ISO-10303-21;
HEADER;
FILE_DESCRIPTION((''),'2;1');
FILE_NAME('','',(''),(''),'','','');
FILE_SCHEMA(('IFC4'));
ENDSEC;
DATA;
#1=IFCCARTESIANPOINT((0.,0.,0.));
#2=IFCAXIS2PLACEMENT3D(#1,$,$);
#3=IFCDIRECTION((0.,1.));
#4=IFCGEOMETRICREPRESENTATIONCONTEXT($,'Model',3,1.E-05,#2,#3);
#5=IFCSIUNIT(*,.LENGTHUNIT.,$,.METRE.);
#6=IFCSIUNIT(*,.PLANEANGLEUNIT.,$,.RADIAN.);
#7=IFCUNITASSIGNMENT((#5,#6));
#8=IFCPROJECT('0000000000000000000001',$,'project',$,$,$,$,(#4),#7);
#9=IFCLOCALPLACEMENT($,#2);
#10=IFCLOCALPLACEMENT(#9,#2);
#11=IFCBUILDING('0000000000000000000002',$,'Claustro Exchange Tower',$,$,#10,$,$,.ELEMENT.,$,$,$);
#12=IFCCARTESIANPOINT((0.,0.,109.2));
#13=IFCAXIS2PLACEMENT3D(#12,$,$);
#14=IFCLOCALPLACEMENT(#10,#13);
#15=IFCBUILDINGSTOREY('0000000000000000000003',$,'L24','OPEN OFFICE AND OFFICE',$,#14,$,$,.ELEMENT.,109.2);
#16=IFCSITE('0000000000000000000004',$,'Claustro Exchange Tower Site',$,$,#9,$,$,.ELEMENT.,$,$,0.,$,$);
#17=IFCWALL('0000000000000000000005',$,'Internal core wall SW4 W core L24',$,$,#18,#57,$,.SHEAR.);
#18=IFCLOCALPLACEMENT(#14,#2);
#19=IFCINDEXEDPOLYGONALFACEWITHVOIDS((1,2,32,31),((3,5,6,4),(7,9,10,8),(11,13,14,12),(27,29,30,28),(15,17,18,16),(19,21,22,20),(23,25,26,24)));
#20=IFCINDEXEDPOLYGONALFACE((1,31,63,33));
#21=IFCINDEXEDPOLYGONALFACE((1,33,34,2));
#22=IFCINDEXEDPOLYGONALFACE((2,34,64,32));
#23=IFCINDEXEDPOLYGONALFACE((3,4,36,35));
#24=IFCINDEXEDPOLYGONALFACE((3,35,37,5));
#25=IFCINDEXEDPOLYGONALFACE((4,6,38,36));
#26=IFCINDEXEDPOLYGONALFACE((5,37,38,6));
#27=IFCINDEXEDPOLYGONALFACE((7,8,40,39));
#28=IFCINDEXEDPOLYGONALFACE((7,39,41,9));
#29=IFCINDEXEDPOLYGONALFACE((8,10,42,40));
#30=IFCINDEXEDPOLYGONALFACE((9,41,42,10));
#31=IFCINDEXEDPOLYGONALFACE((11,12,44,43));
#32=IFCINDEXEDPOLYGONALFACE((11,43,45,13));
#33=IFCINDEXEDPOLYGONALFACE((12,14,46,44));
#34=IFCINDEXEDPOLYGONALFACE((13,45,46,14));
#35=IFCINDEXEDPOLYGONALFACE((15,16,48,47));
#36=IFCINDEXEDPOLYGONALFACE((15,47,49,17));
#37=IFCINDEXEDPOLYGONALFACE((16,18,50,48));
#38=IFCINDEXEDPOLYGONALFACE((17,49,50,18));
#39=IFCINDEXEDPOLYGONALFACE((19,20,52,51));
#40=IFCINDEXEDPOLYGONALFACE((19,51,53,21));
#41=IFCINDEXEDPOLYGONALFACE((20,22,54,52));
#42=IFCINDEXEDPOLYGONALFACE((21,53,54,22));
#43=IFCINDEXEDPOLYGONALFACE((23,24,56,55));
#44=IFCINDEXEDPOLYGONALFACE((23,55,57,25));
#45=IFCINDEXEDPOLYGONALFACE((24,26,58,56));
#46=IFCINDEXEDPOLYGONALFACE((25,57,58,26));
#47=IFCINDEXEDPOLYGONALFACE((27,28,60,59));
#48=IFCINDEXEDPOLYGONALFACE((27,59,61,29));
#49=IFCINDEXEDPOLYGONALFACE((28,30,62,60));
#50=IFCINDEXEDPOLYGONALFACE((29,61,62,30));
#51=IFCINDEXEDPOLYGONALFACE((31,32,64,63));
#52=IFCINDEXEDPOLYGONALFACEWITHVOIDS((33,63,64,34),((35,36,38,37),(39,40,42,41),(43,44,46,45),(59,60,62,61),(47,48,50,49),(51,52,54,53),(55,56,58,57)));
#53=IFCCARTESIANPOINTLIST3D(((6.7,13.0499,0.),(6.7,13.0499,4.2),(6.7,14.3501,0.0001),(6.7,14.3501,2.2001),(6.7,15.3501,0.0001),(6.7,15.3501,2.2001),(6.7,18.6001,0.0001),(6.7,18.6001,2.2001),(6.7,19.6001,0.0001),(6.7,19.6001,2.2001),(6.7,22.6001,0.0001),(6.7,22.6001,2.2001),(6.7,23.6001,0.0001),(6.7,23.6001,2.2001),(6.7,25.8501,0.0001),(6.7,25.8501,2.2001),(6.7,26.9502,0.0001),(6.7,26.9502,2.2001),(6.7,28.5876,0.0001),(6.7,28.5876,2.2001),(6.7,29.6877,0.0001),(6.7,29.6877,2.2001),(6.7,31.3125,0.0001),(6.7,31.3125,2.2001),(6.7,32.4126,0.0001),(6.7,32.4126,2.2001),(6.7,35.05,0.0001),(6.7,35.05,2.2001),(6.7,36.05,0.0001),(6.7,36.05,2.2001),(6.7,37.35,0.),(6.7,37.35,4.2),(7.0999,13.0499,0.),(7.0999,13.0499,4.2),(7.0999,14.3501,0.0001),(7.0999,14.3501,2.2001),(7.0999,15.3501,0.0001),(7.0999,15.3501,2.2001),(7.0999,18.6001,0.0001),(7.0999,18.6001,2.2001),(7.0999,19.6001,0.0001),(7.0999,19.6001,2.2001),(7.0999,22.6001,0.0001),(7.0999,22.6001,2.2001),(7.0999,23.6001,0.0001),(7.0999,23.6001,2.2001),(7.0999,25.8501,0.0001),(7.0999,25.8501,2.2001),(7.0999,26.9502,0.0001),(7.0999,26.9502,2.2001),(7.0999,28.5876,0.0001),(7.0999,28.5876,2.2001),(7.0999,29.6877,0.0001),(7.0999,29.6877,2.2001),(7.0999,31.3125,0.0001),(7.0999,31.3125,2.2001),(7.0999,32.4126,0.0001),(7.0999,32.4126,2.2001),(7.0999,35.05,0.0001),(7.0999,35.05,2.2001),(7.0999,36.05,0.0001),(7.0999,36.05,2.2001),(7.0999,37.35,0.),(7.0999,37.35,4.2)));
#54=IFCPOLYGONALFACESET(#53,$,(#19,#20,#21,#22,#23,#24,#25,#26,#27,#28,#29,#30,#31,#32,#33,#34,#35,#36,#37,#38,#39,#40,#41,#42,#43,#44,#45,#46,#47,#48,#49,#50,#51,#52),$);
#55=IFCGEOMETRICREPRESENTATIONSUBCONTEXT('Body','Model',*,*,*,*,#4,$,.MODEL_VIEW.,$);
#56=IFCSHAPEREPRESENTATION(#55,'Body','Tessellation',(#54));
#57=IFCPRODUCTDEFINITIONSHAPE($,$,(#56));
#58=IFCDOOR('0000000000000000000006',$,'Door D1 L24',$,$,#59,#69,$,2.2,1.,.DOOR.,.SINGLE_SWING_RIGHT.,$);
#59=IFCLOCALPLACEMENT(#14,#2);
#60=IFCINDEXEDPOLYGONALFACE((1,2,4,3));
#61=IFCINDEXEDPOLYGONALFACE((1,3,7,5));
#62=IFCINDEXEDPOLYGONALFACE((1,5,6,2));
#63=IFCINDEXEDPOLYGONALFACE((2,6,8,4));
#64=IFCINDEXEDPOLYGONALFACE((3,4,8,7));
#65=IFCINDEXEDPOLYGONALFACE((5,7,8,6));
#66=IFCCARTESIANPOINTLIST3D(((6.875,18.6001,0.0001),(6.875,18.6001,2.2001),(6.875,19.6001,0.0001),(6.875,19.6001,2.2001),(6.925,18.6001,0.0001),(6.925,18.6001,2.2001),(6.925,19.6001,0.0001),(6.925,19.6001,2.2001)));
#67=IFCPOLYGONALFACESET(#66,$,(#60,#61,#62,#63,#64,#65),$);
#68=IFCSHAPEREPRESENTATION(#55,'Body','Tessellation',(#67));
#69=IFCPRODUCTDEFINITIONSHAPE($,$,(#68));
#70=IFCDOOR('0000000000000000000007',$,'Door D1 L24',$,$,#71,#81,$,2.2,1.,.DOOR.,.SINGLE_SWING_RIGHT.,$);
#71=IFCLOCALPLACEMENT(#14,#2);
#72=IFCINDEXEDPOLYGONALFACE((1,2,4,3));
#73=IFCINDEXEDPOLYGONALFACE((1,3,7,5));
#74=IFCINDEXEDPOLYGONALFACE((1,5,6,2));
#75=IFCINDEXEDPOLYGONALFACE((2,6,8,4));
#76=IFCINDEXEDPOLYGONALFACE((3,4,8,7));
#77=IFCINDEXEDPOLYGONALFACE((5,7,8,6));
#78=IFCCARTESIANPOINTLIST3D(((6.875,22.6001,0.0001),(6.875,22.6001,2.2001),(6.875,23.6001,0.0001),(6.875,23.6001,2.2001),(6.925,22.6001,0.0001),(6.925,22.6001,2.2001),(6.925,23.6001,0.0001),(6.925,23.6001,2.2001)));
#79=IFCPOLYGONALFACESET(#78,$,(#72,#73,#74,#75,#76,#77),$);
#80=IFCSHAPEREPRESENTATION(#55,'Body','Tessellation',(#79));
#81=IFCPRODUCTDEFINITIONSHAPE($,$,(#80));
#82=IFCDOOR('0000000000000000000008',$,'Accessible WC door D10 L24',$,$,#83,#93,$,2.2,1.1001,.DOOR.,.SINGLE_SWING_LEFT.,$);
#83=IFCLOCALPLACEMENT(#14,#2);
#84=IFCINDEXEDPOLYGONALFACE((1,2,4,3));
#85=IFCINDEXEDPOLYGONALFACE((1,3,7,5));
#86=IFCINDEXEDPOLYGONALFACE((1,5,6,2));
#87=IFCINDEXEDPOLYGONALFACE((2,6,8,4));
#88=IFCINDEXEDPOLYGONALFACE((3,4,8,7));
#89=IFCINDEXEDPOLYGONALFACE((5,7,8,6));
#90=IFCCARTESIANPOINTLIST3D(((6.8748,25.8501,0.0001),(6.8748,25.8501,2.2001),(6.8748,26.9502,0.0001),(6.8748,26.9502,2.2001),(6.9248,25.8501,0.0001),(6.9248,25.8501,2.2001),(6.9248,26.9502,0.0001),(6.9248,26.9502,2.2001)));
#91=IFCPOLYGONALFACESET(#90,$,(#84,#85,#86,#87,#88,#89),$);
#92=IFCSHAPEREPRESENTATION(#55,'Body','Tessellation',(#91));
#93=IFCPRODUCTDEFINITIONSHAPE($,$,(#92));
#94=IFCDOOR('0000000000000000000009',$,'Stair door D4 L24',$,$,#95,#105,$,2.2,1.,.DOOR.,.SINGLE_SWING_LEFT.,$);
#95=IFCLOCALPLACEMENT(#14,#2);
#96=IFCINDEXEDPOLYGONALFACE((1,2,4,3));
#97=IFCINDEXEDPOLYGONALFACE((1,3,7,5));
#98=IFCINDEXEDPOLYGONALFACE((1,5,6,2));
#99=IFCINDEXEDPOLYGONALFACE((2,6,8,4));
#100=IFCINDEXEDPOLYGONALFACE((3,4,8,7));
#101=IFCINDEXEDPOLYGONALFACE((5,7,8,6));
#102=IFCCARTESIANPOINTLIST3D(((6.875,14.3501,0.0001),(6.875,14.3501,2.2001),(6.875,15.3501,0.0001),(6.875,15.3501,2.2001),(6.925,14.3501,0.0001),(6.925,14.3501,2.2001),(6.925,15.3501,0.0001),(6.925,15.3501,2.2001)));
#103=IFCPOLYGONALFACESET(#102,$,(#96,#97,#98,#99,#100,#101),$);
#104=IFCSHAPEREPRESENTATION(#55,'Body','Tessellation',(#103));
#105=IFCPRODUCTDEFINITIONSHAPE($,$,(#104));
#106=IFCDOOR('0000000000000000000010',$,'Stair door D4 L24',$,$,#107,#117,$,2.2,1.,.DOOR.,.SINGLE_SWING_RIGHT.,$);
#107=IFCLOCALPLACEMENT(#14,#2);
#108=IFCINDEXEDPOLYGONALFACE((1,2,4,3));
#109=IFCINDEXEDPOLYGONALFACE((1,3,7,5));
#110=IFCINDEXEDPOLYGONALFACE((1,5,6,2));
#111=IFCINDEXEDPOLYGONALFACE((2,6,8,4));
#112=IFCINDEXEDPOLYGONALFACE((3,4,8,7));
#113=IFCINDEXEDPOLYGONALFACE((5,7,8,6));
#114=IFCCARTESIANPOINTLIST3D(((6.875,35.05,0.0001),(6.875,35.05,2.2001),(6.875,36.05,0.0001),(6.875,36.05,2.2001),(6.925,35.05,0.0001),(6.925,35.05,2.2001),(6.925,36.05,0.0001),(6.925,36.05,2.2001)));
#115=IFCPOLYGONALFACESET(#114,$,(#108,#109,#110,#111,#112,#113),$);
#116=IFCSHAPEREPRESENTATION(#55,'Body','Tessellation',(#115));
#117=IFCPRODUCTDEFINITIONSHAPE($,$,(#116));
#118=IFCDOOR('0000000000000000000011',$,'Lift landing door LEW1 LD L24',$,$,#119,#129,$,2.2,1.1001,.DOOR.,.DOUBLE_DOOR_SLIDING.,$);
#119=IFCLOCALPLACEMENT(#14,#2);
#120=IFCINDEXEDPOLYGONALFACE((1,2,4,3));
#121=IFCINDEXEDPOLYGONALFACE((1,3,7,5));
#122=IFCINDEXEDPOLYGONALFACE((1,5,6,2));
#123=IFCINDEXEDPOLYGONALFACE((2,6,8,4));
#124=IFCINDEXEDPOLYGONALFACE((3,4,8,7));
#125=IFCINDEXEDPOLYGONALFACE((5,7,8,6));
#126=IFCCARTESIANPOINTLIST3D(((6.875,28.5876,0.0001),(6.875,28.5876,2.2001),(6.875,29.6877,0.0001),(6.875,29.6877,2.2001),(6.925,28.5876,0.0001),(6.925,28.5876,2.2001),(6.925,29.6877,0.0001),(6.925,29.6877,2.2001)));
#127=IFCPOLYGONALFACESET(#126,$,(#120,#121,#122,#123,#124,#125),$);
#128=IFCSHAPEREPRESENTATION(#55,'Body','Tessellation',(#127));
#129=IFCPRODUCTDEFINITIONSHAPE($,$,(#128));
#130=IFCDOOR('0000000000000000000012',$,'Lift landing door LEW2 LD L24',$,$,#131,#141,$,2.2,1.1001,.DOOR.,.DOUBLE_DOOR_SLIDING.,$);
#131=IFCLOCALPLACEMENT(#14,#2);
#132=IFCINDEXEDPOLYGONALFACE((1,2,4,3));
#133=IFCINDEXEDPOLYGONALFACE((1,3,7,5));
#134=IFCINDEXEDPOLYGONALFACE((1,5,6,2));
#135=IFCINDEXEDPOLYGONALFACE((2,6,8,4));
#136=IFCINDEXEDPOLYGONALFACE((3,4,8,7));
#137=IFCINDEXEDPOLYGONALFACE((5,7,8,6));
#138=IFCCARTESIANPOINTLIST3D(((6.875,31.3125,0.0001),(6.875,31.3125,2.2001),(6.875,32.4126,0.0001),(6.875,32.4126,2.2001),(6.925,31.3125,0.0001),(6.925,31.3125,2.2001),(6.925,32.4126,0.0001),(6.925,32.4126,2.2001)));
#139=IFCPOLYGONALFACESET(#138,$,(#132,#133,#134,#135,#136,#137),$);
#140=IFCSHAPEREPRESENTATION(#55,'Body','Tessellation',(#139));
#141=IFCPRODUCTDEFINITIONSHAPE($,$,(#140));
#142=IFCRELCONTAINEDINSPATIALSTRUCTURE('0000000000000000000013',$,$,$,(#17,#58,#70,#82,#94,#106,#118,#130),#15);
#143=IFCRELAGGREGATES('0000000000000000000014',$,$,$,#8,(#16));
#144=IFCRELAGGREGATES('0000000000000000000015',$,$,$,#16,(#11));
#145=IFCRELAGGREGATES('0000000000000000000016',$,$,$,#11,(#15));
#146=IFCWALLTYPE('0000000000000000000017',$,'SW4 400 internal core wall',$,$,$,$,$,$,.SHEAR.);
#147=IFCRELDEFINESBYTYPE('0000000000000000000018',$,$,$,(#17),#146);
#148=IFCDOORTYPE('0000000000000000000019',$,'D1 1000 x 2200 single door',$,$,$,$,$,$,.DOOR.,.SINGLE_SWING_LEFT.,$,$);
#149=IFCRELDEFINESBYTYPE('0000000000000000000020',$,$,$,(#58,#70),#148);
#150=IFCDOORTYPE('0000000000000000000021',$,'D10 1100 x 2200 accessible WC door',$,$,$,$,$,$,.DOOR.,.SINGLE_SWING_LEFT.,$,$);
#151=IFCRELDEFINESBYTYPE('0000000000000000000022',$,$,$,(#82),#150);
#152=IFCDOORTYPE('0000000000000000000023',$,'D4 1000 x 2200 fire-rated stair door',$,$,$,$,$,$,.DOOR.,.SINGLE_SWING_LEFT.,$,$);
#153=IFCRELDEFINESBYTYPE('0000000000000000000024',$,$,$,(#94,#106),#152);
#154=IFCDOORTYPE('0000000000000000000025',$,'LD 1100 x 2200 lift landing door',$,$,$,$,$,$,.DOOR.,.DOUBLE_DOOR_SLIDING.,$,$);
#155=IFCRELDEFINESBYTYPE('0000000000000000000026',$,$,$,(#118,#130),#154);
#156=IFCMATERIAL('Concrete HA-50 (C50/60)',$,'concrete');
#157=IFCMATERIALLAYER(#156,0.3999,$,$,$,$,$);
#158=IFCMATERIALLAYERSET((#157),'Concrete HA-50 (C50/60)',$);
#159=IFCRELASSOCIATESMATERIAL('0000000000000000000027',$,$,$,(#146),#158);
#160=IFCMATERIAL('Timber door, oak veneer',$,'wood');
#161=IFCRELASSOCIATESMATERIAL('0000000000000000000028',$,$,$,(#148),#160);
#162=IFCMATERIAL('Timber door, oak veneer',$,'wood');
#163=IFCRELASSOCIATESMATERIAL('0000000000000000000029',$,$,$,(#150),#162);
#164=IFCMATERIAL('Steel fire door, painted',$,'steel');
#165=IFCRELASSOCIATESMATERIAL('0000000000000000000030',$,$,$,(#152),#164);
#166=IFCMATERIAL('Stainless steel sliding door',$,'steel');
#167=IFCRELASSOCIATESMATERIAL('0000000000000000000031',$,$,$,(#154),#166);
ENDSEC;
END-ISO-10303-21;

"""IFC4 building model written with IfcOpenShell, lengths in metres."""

from ifc_helpers import new_model, si_unit, direction, frame, frame_2d, origin, place, context, subcontext, project, spatial, rectangle, extrude, material, layer, layer_set, type_object, element, fill, save


model = new_model("IFC4")

# Units and contexts
model_context = context("Model", 3, precision=1e-05, world=origin(), true_north=direction((0.0, 1.0)))
body_context = subcontext(model_context, "Body", "Model", "MODEL_VIEW")
ifc_project = project(units=[si_unit("LENGTHUNIT", "METRE"), si_unit("PLANEANGLEUNIT", "RADIAN")], contexts=[model_context])

# Site, building, storey
site_placement = place(None, origin())
site = spatial("IfcSite", under=ifc_project, at=site_placement, Name="Claustro Exchange Tower Site", CompositionType="ELEMENT", RefElevation=0.0)
building_placement = place(site_placement, origin())
building = spatial("IfcBuilding", under=site, at=building_placement, Name="Claustro Exchange Tower", CompositionType="ELEMENT")
storey_placement = place(building_placement, frame((0.0, 0.0, 109.2)))
storey = spatial("IfcBuildingStorey", under=building, at=storey_placement, Name="L24", Description="OPEN OFFICE AND OFFICE", CompositionType="ELEMENT", Elevation=109.2)

# Wall, openings, doors
ifc_material_1 = material(Name="Concrete HA-50 (C50/60)", Category="concrete")
ifc_layer_1 = layer(ifc_material_1, 0.3999)
ifc_layer_set_1 = layer_set([ifc_layer_1], Name="Concrete HA-50 (C50/60)")
wall_type_1 = type_object("IfcWallType", Name="SW4 400 internal core wall", PredefinedType="SHEAR", material=ifc_layer_set_1)
wall_1_placement = place(storey_placement, frame((6.8999, 13.05, 0.0), z_axis=(0.0, 0.0, 1.0), x_axis=(0.0, 1.0, 0.0)))
wall_1 = element("IfcWall", 1, at=wall_1_placement, inside=storey, type_object=wall_type_1, Name="Internal core wall SW4 W core L24", PredefinedType="SHEAR", context=body_context, shape_type="SweptSolid", body=[
    extrude(rectangle(XDim=24.3, YDim=0.3999, at=frame_2d((12.1499, 0.0))), origin(), (0.0, 0.0, 1.0), 4.2),
])
opening_1_placement = place(wall_1_placement, frame((1.3, 0.0, 0.0)))
opening_1 = element("IfcOpeningElement", 2, at=opening_1_placement, cuts=wall_1, PredefinedType="OPENING", context=body_context, shape_type="SweptSolid", body=[
    extrude(rectangle(XDim=1.0, YDim=2.2, at=frame_2d((0.5, 1.1001))), frame((0.0, 0.21, 0.0), z_axis=(0.0, -1.0, 0.0), x_axis=(1.0, 0.0, 0.0)), (0.0, 0.0, 1.0), 0.4199),
])
opening_2_placement = place(wall_1_placement, frame((22.0, 0.0, 0.0)))
opening_2 = element("IfcOpeningElement", 3, at=opening_2_placement, cuts=wall_1, PredefinedType="OPENING", context=body_context, shape_type="SweptSolid", body=[
    extrude(rectangle(XDim=1.0, YDim=2.2, at=frame_2d((0.5, 1.1001))), frame((0.0, 0.21, 0.0), z_axis=(0.0, -1.0, 0.0), x_axis=(1.0, 0.0, 0.0)), (0.0, 0.0, 1.0), 0.4199),
])
opening_3_placement = place(wall_1_placement, frame((5.55, 0.0, 0.0)))
opening_3 = element("IfcOpeningElement", 4, at=opening_3_placement, cuts=wall_1, PredefinedType="OPENING", context=body_context, shape_type="SweptSolid", body=[
    extrude(rectangle(XDim=1.0, YDim=2.2, at=frame_2d((0.5, 1.1001))), frame((0.0, 0.21, 0.0), z_axis=(0.0, -1.0, 0.0), x_axis=(1.0, 0.0, 0.0)), (0.0, 0.0, 1.0), 0.4199),
])
opening_4_placement = place(wall_1_placement, frame((9.55, 0.0, 0.0)))
opening_4 = element("IfcOpeningElement", 5, at=opening_4_placement, cuts=wall_1, PredefinedType="OPENING", context=body_context, shape_type="SweptSolid", body=[
    extrude(rectangle(XDim=1.0, YDim=2.2, at=frame_2d((0.5, 1.1001))), frame((0.0, 0.21, 0.0), z_axis=(0.0, -1.0, 0.0), x_axis=(1.0, 0.0, 0.0)), (0.0, 0.0, 1.0), 0.4199),
])
opening_5_placement = place(wall_1_placement, frame((12.8, 0.0, 0.0)))
opening_5 = element("IfcOpeningElement", 6, at=opening_5_placement, cuts=wall_1, PredefinedType="OPENING", context=body_context, shape_type="SweptSolid", body=[
    extrude(rectangle(XDim=1.1001, YDim=2.2, at=frame_2d((0.55, 1.1001))), frame((0.0, 0.21, 0.0), z_axis=(0.0, -1.0, 0.0), x_axis=(1.0, 0.0, 0.0)), (0.0, 0.0, 1.0), 0.4199),
])
opening_6_placement = place(wall_1_placement, frame((15.5376, 0.0, 0.0)))
opening_6 = element("IfcOpeningElement", 7, at=opening_6_placement, cuts=wall_1, PredefinedType="OPENING", context=body_context, shape_type="SweptSolid", body=[
    extrude(rectangle(XDim=1.1001, YDim=2.2, at=frame_2d((0.55, 1.1001))), frame((0.0, 0.21, 0.0), z_axis=(0.0, -1.0, 0.0), x_axis=(1.0, 0.0, 0.0)), (0.0, 0.0, 1.0), 0.4199),
])
opening_7_placement = place(wall_1_placement, frame((18.2625, 0.0, 0.0)))
opening_7 = element("IfcOpeningElement", 8, at=opening_7_placement, cuts=wall_1, PredefinedType="OPENING", context=body_context, shape_type="SweptSolid", body=[
    extrude(rectangle(XDim=1.1001, YDim=2.2, at=frame_2d((0.55, 1.1001))), frame((0.0, 0.21, 0.0), z_axis=(0.0, -1.0, 0.0), x_axis=(1.0, 0.0, 0.0)), (0.0, 0.0, 1.0), 0.4199),
])
ifc_material_2 = material(Name="Timber door, oak veneer", Category="wood")
door_type_1 = type_object("IfcDoorType", Name="D1 1000 x 2200 single door", OperationType="SINGLE_SWING_LEFT", PredefinedType="DOOR", material=ifc_material_2)
door_1_placement = place(opening_3_placement, origin())
door_1 = element("IfcDoor", 9, at=door_1_placement, inside=storey, type_object=door_type_1, Name="Door D1 L24", OperationType="SINGLE_SWING_RIGHT", OverallHeight=2.2, OverallWidth=1.0, PredefinedType="DOOR", context=body_context, shape_type="SweptSolid", body=[
    extrude(rectangle(XDim=1.0, YDim=2.2, at=frame_2d((0.5, 1.1001))), frame((0.0, 0.0249, 0.0), z_axis=(0.0, -1.0, 0.0), x_axis=(1.0, 0.0, 0.0)), (0.0, 0.0, 1.0), 0.05),
])
fill(opening_3, door_1)
door_2_placement = place(opening_4_placement, origin())
door_2 = element("IfcDoor", 10, at=door_2_placement, inside=storey, type_object=door_type_1, Name="Door D1 L24", OperationType="SINGLE_SWING_RIGHT", OverallHeight=2.2, OverallWidth=1.0, PredefinedType="DOOR", context=body_context, shape_type="SweptSolid", body=[
    extrude(rectangle(XDim=1.0, YDim=2.2, at=frame_2d((0.5, 1.1001))), frame((0.0, 0.0249, 0.0), z_axis=(0.0, -1.0, 0.0), x_axis=(1.0, 0.0, 0.0)), (0.0, 0.0, 1.0), 0.05),
])
fill(opening_4, door_2)
ifc_material_3 = material(Name="Timber door, oak veneer", Category="wood")
door_type_2 = type_object("IfcDoorType", Name="D10 1100 x 2200 accessible WC door", OperationType="SINGLE_SWING_LEFT", PredefinedType="DOOR", material=ifc_material_3)
door_3_placement = place(opening_5_placement, frame((1.1001, 0.0, 0.0), z_axis=(0.0, 0.0, 1.0), x_axis=(-1.0, 0.0, 0.0)))
door_3 = element("IfcDoor", 11, at=door_3_placement, inside=storey, type_object=door_type_2, Name="Accessible WC door D10 L24", OperationType="SINGLE_SWING_LEFT", OverallHeight=2.2, OverallWidth=1.1001, PredefinedType="DOOR", context=body_context, shape_type="SweptSolid", body=[
    extrude(rectangle(XDim=1.1001, YDim=2.2, at=frame_2d((0.55, 1.1001))), frame((0.0, 0.0249, 0.0), z_axis=(0.0, -1.0, 0.0), x_axis=(1.0, 0.0, 0.0)), (0.0, 0.0, 1.0), 0.05),
])
fill(opening_5, door_3)
ifc_material_4 = material(Name="Steel fire door, painted", Category="steel")
door_type_3 = type_object("IfcDoorType", Name="D4 1000 x 2200 fire-rated stair door", OperationType="SINGLE_SWING_LEFT", PredefinedType="DOOR", material=ifc_material_4)
door_4_placement = place(opening_1_placement, origin())
door_4 = element("IfcDoor", 12, at=door_4_placement, inside=storey, type_object=door_type_3, Name="Stair door D4 L24", OperationType="SINGLE_SWING_LEFT", OverallHeight=2.2, OverallWidth=1.0, PredefinedType="DOOR", context=body_context, shape_type="SweptSolid", body=[
    extrude(rectangle(XDim=1.0, YDim=2.2, at=frame_2d((0.5, 1.1001))), frame((0.0, 0.0249, 0.0), z_axis=(0.0, -1.0, 0.0), x_axis=(1.0, 0.0, 0.0)), (0.0, 0.0, 1.0), 0.05),
])
fill(opening_1, door_4)
door_5_placement = place(opening_2_placement, origin())
door_5 = element("IfcDoor", 13, at=door_5_placement, inside=storey, type_object=door_type_3, Name="Stair door D4 L24", OperationType="SINGLE_SWING_RIGHT", OverallHeight=2.2, OverallWidth=1.0, PredefinedType="DOOR", context=body_context, shape_type="SweptSolid", body=[
    extrude(rectangle(XDim=1.0, YDim=2.2, at=frame_2d((0.5, 1.1001))), frame((0.0, 0.0249, 0.0), z_axis=(0.0, -1.0, 0.0), x_axis=(1.0, 0.0, 0.0)), (0.0, 0.0, 1.0), 0.05),
])
fill(opening_2, door_5)
ifc_material_5 = material(Name="Stainless steel sliding door", Category="steel")
door_type_4 = type_object("IfcDoorType", Name="LD 1100 x 2200 lift landing door", OperationType="DOUBLE_DOOR_SLIDING", PredefinedType="DOOR", material=ifc_material_5)
door_6_placement = place(opening_6_placement, origin())
door_6 = element("IfcDoor", 14, at=door_6_placement, inside=storey, type_object=door_type_4, Name="Lift landing door LEW1 LD L24", OperationType="DOUBLE_DOOR_SLIDING", OverallHeight=2.2, OverallWidth=1.1001, PredefinedType="DOOR", context=body_context, shape_type="SweptSolid", body=[
    extrude(rectangle(XDim=1.1001, YDim=2.2, at=frame_2d((0.55, 1.1001))), frame((0.0, 0.0249, 0.0), z_axis=(0.0, -1.0, 0.0), x_axis=(1.0, 0.0, 0.0)), (0.0, 0.0, 1.0), 0.05),
])
fill(opening_6, door_6)
door_7_placement = place(opening_7_placement, origin())
door_7 = element("IfcDoor", 15, at=door_7_placement, inside=storey, type_object=door_type_4, Name="Lift landing door LEW2 LD L24", OperationType="DOUBLE_DOOR_SLIDING", OverallHeight=2.2, OverallWidth=1.1001, PredefinedType="DOOR", context=body_context, shape_type="SweptSolid", body=[
    extrude(rectangle(XDim=1.1001, YDim=2.2, at=frame_2d((0.55, 1.1001))), frame((0.0, 0.0249, 0.0), z_axis=(0.0, -1.0, 0.0), x_axis=(1.0, 0.0, 0.0)), (0.0, 0.0, 1.0), 0.05),
])
fill(opening_7, door_7)

save(model, "model.ifc")
